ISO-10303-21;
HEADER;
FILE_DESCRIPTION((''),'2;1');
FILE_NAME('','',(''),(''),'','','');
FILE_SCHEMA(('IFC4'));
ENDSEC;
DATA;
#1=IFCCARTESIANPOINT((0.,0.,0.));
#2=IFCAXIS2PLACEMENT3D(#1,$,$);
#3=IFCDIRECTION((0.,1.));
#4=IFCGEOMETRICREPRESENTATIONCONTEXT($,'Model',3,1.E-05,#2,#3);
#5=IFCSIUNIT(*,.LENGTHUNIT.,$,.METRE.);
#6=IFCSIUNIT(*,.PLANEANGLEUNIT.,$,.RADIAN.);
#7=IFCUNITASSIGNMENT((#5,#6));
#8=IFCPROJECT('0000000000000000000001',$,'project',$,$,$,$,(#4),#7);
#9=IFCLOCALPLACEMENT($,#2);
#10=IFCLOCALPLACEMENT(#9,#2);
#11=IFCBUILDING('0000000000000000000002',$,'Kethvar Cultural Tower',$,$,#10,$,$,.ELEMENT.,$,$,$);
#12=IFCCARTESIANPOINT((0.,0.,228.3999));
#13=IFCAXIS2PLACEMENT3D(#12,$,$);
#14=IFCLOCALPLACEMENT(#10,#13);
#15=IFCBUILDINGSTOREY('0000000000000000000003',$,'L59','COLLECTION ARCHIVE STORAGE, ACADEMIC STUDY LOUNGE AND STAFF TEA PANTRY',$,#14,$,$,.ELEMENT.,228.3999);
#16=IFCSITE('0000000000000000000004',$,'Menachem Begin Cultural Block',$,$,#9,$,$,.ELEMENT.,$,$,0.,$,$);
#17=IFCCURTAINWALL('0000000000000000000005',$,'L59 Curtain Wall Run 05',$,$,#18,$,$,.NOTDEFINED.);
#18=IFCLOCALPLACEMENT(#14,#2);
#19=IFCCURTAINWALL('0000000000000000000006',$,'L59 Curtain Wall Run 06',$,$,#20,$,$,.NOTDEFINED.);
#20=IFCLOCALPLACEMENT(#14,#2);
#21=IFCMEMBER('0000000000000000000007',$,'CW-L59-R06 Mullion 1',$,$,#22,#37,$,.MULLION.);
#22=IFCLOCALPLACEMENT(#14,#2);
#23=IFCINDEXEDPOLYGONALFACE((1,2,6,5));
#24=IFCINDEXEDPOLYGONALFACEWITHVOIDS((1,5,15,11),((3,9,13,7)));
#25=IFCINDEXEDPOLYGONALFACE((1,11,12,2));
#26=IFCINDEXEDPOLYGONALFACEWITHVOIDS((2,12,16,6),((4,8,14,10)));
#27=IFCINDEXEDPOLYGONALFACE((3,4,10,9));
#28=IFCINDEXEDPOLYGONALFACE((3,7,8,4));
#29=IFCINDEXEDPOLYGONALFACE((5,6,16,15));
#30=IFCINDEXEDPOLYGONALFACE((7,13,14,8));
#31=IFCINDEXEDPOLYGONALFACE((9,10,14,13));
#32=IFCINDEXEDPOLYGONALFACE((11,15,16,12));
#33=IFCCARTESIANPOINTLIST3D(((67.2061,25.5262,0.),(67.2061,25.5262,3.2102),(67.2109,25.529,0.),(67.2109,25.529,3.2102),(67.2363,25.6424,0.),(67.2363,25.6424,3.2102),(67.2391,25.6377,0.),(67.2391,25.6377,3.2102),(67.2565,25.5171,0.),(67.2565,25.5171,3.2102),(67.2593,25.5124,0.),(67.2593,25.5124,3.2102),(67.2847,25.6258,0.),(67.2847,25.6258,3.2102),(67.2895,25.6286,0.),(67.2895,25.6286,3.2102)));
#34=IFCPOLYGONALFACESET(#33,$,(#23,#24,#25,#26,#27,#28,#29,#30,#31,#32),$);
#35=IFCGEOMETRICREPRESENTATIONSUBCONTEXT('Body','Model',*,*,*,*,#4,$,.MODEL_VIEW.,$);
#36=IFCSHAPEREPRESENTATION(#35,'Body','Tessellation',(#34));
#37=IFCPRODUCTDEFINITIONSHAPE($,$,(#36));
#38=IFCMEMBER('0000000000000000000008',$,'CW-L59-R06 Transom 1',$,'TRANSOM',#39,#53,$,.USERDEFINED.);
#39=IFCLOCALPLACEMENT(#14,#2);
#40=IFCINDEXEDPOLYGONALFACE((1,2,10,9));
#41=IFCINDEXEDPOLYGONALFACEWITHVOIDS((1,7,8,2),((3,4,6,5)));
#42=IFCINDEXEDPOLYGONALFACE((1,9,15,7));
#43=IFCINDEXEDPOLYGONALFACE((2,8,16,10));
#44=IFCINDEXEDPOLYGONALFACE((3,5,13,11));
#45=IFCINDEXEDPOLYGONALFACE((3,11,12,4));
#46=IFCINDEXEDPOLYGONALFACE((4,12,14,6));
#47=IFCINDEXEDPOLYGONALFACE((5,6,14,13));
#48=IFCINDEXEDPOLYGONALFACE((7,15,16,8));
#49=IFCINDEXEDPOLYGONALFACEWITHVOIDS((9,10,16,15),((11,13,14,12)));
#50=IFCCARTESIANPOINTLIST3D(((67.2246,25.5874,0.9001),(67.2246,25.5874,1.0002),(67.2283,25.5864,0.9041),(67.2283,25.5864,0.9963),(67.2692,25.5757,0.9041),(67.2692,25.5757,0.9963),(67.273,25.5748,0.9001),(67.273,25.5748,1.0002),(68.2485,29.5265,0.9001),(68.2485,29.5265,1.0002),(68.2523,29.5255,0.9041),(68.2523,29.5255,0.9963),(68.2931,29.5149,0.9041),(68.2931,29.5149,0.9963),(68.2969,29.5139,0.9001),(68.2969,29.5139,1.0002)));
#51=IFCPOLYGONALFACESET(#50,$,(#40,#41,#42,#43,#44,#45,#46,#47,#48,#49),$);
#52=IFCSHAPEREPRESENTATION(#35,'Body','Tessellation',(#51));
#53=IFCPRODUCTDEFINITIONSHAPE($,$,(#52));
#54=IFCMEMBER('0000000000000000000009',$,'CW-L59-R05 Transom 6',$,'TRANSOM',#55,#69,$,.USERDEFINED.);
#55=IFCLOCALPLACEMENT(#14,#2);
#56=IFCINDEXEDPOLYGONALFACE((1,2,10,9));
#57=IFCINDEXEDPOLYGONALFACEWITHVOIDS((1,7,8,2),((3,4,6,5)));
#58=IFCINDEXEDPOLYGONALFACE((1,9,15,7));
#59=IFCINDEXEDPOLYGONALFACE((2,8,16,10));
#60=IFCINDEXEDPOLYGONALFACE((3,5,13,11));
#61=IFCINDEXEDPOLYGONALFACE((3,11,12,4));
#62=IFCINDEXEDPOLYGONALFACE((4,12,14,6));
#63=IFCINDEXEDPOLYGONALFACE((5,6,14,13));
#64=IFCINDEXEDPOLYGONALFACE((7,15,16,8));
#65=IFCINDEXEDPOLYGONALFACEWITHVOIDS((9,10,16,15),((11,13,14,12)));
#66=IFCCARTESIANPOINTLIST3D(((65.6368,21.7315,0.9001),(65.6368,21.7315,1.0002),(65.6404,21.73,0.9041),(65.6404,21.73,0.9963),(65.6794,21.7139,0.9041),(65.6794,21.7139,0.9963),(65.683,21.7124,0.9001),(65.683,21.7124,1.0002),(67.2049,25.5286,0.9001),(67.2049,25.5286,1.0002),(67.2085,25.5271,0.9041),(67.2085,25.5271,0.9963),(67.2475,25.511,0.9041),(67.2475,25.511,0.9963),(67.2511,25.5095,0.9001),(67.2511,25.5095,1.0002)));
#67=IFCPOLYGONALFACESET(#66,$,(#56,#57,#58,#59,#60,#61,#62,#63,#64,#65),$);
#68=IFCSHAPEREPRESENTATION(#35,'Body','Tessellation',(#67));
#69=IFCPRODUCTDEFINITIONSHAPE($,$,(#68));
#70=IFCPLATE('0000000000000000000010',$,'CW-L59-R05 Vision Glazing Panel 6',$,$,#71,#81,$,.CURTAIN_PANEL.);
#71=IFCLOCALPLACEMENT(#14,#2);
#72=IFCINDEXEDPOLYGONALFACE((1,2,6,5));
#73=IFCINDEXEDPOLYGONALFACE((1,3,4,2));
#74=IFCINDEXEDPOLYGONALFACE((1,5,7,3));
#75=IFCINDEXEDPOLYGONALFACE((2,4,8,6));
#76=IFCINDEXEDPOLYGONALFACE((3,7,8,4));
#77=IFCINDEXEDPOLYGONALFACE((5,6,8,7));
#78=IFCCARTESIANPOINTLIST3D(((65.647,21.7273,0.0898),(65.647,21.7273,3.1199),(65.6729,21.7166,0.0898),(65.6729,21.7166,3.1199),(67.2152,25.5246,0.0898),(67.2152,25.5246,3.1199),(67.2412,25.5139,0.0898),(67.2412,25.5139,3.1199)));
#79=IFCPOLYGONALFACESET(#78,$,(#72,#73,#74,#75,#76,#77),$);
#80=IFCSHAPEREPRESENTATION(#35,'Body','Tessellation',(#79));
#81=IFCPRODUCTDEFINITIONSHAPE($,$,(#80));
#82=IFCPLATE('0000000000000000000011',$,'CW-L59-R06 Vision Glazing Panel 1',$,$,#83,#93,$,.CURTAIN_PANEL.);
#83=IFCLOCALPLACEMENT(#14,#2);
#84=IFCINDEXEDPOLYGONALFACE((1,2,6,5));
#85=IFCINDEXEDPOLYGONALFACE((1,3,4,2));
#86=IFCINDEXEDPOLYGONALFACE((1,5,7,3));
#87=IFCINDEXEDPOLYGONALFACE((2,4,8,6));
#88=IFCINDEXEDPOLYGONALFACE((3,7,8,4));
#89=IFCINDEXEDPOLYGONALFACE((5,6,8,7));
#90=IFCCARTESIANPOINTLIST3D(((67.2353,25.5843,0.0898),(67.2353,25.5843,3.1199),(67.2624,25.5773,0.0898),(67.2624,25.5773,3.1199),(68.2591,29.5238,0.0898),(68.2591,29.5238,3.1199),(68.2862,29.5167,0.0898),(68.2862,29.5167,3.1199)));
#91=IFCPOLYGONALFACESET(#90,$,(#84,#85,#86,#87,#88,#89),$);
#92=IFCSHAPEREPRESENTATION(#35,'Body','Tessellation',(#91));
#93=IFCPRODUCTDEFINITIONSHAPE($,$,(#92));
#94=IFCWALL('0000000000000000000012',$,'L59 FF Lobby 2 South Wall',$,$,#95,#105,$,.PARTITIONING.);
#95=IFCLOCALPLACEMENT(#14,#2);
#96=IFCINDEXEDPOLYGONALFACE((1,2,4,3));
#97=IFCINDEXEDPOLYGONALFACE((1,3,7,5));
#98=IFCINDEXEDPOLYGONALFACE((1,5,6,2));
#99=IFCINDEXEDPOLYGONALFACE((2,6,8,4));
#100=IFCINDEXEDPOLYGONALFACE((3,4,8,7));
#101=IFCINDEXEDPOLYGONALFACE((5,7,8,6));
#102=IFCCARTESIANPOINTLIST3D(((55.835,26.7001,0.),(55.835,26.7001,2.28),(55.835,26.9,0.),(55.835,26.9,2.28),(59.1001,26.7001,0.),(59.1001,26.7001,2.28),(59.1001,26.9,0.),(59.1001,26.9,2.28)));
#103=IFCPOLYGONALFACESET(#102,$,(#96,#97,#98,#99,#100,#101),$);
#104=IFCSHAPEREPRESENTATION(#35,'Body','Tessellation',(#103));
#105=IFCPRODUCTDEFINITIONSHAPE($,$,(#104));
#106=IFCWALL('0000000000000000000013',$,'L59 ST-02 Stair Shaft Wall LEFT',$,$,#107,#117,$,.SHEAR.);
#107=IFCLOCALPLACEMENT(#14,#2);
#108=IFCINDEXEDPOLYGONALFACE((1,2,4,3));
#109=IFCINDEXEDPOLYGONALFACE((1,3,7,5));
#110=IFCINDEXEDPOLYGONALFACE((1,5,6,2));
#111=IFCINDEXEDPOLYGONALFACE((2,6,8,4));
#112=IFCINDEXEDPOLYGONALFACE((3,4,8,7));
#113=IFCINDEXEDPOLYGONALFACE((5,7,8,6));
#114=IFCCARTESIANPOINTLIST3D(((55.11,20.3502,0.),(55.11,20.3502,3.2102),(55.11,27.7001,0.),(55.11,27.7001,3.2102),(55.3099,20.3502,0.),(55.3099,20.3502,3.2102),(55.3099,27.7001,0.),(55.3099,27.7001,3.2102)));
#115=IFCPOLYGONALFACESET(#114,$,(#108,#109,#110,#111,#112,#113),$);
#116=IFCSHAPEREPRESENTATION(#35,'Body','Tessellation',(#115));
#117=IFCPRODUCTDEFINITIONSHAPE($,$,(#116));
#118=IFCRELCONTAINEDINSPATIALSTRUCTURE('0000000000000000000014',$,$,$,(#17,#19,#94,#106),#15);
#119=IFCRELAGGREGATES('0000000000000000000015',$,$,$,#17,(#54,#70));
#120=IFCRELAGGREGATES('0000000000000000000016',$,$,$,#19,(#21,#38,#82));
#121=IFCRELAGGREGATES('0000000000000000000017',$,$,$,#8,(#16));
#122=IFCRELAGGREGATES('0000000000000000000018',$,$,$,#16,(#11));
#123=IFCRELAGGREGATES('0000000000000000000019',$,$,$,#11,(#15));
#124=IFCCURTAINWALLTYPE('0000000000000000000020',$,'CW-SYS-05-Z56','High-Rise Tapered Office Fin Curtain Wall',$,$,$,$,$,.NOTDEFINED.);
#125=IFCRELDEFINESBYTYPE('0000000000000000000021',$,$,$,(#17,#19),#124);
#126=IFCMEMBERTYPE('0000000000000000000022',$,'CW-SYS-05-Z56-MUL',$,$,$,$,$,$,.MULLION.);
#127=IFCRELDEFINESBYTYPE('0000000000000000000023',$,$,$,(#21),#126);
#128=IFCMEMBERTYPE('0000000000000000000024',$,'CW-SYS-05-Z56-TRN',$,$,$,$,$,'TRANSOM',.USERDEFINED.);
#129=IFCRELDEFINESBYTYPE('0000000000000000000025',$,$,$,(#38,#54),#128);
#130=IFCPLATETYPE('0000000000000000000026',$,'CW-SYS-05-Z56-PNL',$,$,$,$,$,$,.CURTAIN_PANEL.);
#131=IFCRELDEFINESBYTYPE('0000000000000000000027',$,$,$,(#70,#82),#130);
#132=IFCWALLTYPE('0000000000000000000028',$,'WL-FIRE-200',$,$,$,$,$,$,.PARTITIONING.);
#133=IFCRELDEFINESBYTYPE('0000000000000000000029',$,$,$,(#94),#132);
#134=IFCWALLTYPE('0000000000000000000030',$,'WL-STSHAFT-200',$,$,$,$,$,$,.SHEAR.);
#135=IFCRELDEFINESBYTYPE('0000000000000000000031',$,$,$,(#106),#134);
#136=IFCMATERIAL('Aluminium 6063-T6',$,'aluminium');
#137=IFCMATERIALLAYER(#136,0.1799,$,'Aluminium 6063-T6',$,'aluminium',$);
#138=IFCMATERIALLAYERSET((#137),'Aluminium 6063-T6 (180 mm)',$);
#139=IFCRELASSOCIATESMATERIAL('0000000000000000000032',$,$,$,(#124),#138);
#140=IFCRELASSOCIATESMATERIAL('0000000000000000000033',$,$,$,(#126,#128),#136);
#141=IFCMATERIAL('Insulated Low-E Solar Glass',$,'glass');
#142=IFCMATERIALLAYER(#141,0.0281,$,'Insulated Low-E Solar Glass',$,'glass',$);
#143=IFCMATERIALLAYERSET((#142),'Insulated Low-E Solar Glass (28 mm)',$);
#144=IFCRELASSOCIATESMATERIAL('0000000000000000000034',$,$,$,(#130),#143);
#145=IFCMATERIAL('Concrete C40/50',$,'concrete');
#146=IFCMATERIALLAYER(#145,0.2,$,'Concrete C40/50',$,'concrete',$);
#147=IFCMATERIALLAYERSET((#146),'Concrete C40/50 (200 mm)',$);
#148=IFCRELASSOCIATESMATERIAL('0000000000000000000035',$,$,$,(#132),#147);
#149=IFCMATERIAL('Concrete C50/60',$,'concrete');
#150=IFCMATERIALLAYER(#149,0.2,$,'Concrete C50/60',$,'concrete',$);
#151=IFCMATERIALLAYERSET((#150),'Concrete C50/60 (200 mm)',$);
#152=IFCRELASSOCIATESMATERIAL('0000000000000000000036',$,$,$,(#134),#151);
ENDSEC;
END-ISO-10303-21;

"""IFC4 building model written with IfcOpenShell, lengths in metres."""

from ifc_helpers import new_model, si_unit, direction, frame, frame_2d, origin, origin_2d, place, context, subcontext, project, spatial, rectangle, hollow_rectangle, extrude, source, transform, mapped, material, layer, layer_set, material_profile, profile_set, type_object, element, aggregate, save


model = new_model("IFC4")

# Units and contexts
model_context = context("Model", 3, precision=1e-05, world=origin(), true_north=direction((0.0, 1.0)))
body_context = subcontext(model_context, "Body", "Model", "MODEL_VIEW")
ifc_project = project(units=[si_unit("LENGTHUNIT", "METRE"), si_unit("PLANEANGLEUNIT", "RADIAN")], contexts=[model_context])

# Site, building, storey
site_placement = place(None, origin())
site = spatial("IfcSite", under=ifc_project, at=site_placement, Name="Menachem Begin Cultural Block", CompositionType="ELEMENT", RefElevation=0.0)
building_placement = place(site_placement, origin())
building = spatial("IfcBuilding", under=site, at=building_placement, Name="Kethvar Cultural Tower", CompositionType="ELEMENT")
storey_placement = place(building_placement, frame((0.0, 0.0, 228.3999)))
storey = spatial("IfcBuildingStorey", under=building, at=storey_placement, Name="L59", Description="COLLECTION ARCHIVE STORAGE, ACADEMIC STUDY LOUNGE AND STAFF TEA PANTRY", CompositionType="ELEMENT", Elevation=228.3999)

# Curtain walls, members
ifc_material_1 = material(Name="Aluminium 6063-T6", Category="aluminium")
ifc_layer_1 = layer(ifc_material_1, 0.1799, Name="Aluminium 6063-T6", Category="aluminium")
ifc_layer_set_1 = layer_set([ifc_layer_1], Name="Aluminium 6063-T6 (180 mm)")
curtain_wall_type = type_object("IfcCurtainWallType", Name="CW-SYS-05-Z56", Description="High-Rise Tapered Office Fin Curtain Wall", PredefinedType="NOTDEFINED", material=ifc_layer_set_1)
curtain_wall_1_placement = place(storey_placement, origin())
curtain_wall_1 = element("IfcCurtainWall", 1, at=curtain_wall_1_placement, inside=storey, type_object=curtain_wall_type, Name="L59 Curtain Wall Run 05", PredefinedType="NOTDEFINED")
ifc_material_profile_1 = material_profile(ifc_material_1, hollow_rectangle(XDim=0.0549, YDim=0.1201, WallThickness=0.0039, at=origin_2d()), Name="Aluminium 6063-T6 — RHS120x55x4")
ifc_profile_set_1 = profile_set([ifc_material_profile_1], Name="Aluminium 6063-T6 — RHS120x55x4")
member_type_1 = type_object("IfcMemberType", Name="CW-SYS-05-Z56-MUL", PredefinedType="MULLION", material=ifc_profile_set_1)
shared_shape_1 = source(origin(), body_context, "Body", "SweptSolid", [
    extrude(hollow_rectangle(XDim=0.0549, YDim=0.1201, WallThickness=0.0039, at=origin_2d()), origin(), (0.0, 0.0, 1.0), 3.2102),
])
curtain_wall_2_placement = place(storey_placement, origin())
curtain_wall_2 = element("IfcCurtainWall", 2, at=curtain_wall_2_placement, inside=storey, type_object=curtain_wall_type, Name="L59 Curtain Wall Run 06", PredefinedType="NOTDEFINED")
member_1_placement = place(storey_placement, frame((67.2478, 25.5774, 0.0), z_axis=(0.0, 0.0, 1.0), x_axis=(-0.96785, 0.251529, 0.0)))
member_1 = element("IfcMember", 3, at=member_1_placement, type_object=member_type_1, Name="CW-L59-R06 Mullion 1", PredefinedType="MULLION", context=body_context, shape_type="MappedRepresentation", body=[
    mapped(shared_shape_1, transform((0.0, 0.0, 0.0), scale=1.0)),
])
ifc_material_profile_2 = material_profile(ifc_material_1, hollow_rectangle(XDim=0.05, YDim=0.1001, WallThickness=0.0039, at=origin_2d()), Name="Aluminium 6063-T6 — RHS100x50x4")
ifc_profile_set_2 = profile_set([ifc_material_profile_2], Name="Aluminium 6063-T6 — RHS100x50x4")
member_type_2 = type_object("IfcMemberType", Name="CW-SYS-05-Z56-TRN", ElementType="TRANSOM", PredefinedType="USERDEFINED", material=ifc_profile_set_2)
shared_shape_2 = source(origin(), body_context, "Body", "SweptSolid", [
    extrude(hollow_rectangle(XDim=0.05, YDim=0.1001, WallThickness=0.0039, at=origin_2d()), origin(), (0.0, 0.0, 1.0), 4.0701),
])
member_2_placement = place(storey_placement, frame((67.2488, 25.5811, 0.9502), z_axis=(0.251572, 0.967839, 0.0), x_axis=(-0.967839, 0.251572, 0.0)))
member_2 = element("IfcMember", 4, at=member_2_placement, type_object=member_type_2, Name="CW-L59-R06 Transom 1", ObjectType="TRANSOM", PredefinedType="USERDEFINED", context=body_context, shape_type="MappedRepresentation", body=[
    mapped(shared_shape_2, transform((0.0, 0.0, 0.0), scale=1.0)),
])

# Member
shared_shape_3 = source(origin(), body_context, "Body", "SweptSolid", [
    extrude(hollow_rectangle(XDim=0.05, YDim=0.1001, WallThickness=0.0039, at=origin_2d()), origin(), (0.0, 0.0, 1.0), 4.1082),
])
member_3_placement = place(storey_placement, frame((65.6599, 21.7219, 0.9502), z_axis=(0.381706, 0.924284, 0.0), x_axis=(-0.924284, 0.381706, 0.0)))
member_3 = element("IfcMember", 5, at=member_3_placement, type_object=member_type_2, Name="CW-L59-R05 Transom 6", ObjectType="TRANSOM", PredefinedType="USERDEFINED", context=body_context, shape_type="MappedRepresentation", body=[
    mapped(shared_shape_3, transform((0.0, 0.0, 0.0), scale=1.0)),
])

# Plates
ifc_material_2 = material(Name="Insulated Low-E Solar Glass", Category="glass")
ifc_layer_2 = layer(ifc_material_2, 0.0281, Name="Insulated Low-E Solar Glass", Category="glass")
ifc_layer_set_2 = layer_set([ifc_layer_2], Name="Insulated Low-E Solar Glass (28 mm)")
plate_type = type_object("IfcPlateType", Name="CW-SYS-05-Z56-PNL", PredefinedType="CURTAIN_PANEL", material=ifc_layer_set_2)
shared_shape_4 = source(origin(), body_context, "Body", "SweptSolid", [
    extrude(rectangle(XDim=4.1084, YDim=0.0281, at=origin_2d()), origin(), (0.0, 0.0, 1.0), 3.03),
])
plate_1_placement = place(storey_placement, frame((66.4441, 23.6206, 0.0898), z_axis=(0.0, 0.0, 1.0), x_axis=(0.381716, 0.92428, 0.0)))
plate_1 = element("IfcPlate", 6, at=plate_1_placement, type_object=plate_type, Name="CW-L59-R05 Vision Glazing Panel 6", PredefinedType="CURTAIN_PANEL", context=body_context, shape_type="MappedRepresentation", body=[
    mapped(shared_shape_4, transform((0.0, 0.0, 0.0), scale=1.0)),
])
aggregate(curtain_wall_1, [member_3, plate_1])
shared_shape_5 = source(origin(), body_context, "Body", "SweptSolid", [
    extrude(rectangle(XDim=4.0703, YDim=0.0281, at=origin_2d()), origin(), (0.0, 0.0, 1.0), 3.03),
])
plate_2_placement = place(storey_placement, frame((67.7607, 27.5505, 0.0898), z_axis=(0.0, 0.0, 1.0), x_axis=(0.251529, 0.96785, 0.0)))
plate_2 = element("IfcPlate", 7, at=plate_2_placement, type_object=plate_type, Name="CW-L59-R06 Vision Glazing Panel 1", PredefinedType="CURTAIN_PANEL", context=body_context, shape_type="MappedRepresentation", body=[
    mapped(shared_shape_5, transform((0.0, 0.0, 0.0), scale=1.0)),
])
aggregate(curtain_wall_2, [member_1, member_2, plate_2])

# Shared definitions
ifc_material_3 = material(Name="Concrete C40/50", Category="concrete")
ifc_layer_3 = layer(ifc_material_3, 0.2, Name="Concrete C40/50", Category="concrete")
ifc_layer_set_3 = layer_set([ifc_layer_3], Name="Concrete C40/50 (200 mm)")
wall_type_1 = type_object("IfcWallType", Name="WL-FIRE-200", PredefinedType="PARTITIONING", material=ifc_layer_set_3)

# Walls
wall_1_placement = place(storey_placement, frame((55.835, 26.8, 0.0), z_axis=(0.0, 0.0, 1.0), x_axis=(1.0, 0.0, 0.0)))
element("IfcWall", 8, at=wall_1_placement, inside=storey, type_object=wall_type_1, Name="L59 FF Lobby 2 South Wall", PredefinedType="PARTITIONING", context=body_context, shape_type="SweptSolid", body=[
    extrude(rectangle(XDim=3.2651, YDim=0.2, at=frame_2d((1.6326, 0.0))), origin(), (0.0, 0.0, 1.0), 2.28),
])
ifc_material_4 = material(Name="Concrete C50/60", Category="concrete")
ifc_layer_4 = layer(ifc_material_4, 0.2, Name="Concrete C50/60", Category="concrete")
ifc_layer_set_4 = layer_set([ifc_layer_4], Name="Concrete C50/60 (200 mm)")
wall_type_2 = type_object("IfcWallType", Name="WL-STSHAFT-200", PredefinedType="SHEAR", material=ifc_layer_set_4)
wall_2_placement = place(storey_placement, frame((55.21, 27.7, 0.0), z_axis=(0.0, 0.0, 1.0), x_axis=(0.0, -1.0, 0.0)))
element("IfcWall", 9, at=wall_2_placement, inside=storey, type_object=wall_type_2, Name="L59 ST-02 Stair Shaft Wall LEFT", PredefinedType="SHEAR", context=body_context, shape_type="SweptSolid", body=[
    extrude(rectangle(XDim=7.3499, YDim=0.2, at=frame_2d((3.6748, 0.0))), origin(), (0.0, 0.0, 1.0), 3.2102),
])

save(model, "model.ifc")
